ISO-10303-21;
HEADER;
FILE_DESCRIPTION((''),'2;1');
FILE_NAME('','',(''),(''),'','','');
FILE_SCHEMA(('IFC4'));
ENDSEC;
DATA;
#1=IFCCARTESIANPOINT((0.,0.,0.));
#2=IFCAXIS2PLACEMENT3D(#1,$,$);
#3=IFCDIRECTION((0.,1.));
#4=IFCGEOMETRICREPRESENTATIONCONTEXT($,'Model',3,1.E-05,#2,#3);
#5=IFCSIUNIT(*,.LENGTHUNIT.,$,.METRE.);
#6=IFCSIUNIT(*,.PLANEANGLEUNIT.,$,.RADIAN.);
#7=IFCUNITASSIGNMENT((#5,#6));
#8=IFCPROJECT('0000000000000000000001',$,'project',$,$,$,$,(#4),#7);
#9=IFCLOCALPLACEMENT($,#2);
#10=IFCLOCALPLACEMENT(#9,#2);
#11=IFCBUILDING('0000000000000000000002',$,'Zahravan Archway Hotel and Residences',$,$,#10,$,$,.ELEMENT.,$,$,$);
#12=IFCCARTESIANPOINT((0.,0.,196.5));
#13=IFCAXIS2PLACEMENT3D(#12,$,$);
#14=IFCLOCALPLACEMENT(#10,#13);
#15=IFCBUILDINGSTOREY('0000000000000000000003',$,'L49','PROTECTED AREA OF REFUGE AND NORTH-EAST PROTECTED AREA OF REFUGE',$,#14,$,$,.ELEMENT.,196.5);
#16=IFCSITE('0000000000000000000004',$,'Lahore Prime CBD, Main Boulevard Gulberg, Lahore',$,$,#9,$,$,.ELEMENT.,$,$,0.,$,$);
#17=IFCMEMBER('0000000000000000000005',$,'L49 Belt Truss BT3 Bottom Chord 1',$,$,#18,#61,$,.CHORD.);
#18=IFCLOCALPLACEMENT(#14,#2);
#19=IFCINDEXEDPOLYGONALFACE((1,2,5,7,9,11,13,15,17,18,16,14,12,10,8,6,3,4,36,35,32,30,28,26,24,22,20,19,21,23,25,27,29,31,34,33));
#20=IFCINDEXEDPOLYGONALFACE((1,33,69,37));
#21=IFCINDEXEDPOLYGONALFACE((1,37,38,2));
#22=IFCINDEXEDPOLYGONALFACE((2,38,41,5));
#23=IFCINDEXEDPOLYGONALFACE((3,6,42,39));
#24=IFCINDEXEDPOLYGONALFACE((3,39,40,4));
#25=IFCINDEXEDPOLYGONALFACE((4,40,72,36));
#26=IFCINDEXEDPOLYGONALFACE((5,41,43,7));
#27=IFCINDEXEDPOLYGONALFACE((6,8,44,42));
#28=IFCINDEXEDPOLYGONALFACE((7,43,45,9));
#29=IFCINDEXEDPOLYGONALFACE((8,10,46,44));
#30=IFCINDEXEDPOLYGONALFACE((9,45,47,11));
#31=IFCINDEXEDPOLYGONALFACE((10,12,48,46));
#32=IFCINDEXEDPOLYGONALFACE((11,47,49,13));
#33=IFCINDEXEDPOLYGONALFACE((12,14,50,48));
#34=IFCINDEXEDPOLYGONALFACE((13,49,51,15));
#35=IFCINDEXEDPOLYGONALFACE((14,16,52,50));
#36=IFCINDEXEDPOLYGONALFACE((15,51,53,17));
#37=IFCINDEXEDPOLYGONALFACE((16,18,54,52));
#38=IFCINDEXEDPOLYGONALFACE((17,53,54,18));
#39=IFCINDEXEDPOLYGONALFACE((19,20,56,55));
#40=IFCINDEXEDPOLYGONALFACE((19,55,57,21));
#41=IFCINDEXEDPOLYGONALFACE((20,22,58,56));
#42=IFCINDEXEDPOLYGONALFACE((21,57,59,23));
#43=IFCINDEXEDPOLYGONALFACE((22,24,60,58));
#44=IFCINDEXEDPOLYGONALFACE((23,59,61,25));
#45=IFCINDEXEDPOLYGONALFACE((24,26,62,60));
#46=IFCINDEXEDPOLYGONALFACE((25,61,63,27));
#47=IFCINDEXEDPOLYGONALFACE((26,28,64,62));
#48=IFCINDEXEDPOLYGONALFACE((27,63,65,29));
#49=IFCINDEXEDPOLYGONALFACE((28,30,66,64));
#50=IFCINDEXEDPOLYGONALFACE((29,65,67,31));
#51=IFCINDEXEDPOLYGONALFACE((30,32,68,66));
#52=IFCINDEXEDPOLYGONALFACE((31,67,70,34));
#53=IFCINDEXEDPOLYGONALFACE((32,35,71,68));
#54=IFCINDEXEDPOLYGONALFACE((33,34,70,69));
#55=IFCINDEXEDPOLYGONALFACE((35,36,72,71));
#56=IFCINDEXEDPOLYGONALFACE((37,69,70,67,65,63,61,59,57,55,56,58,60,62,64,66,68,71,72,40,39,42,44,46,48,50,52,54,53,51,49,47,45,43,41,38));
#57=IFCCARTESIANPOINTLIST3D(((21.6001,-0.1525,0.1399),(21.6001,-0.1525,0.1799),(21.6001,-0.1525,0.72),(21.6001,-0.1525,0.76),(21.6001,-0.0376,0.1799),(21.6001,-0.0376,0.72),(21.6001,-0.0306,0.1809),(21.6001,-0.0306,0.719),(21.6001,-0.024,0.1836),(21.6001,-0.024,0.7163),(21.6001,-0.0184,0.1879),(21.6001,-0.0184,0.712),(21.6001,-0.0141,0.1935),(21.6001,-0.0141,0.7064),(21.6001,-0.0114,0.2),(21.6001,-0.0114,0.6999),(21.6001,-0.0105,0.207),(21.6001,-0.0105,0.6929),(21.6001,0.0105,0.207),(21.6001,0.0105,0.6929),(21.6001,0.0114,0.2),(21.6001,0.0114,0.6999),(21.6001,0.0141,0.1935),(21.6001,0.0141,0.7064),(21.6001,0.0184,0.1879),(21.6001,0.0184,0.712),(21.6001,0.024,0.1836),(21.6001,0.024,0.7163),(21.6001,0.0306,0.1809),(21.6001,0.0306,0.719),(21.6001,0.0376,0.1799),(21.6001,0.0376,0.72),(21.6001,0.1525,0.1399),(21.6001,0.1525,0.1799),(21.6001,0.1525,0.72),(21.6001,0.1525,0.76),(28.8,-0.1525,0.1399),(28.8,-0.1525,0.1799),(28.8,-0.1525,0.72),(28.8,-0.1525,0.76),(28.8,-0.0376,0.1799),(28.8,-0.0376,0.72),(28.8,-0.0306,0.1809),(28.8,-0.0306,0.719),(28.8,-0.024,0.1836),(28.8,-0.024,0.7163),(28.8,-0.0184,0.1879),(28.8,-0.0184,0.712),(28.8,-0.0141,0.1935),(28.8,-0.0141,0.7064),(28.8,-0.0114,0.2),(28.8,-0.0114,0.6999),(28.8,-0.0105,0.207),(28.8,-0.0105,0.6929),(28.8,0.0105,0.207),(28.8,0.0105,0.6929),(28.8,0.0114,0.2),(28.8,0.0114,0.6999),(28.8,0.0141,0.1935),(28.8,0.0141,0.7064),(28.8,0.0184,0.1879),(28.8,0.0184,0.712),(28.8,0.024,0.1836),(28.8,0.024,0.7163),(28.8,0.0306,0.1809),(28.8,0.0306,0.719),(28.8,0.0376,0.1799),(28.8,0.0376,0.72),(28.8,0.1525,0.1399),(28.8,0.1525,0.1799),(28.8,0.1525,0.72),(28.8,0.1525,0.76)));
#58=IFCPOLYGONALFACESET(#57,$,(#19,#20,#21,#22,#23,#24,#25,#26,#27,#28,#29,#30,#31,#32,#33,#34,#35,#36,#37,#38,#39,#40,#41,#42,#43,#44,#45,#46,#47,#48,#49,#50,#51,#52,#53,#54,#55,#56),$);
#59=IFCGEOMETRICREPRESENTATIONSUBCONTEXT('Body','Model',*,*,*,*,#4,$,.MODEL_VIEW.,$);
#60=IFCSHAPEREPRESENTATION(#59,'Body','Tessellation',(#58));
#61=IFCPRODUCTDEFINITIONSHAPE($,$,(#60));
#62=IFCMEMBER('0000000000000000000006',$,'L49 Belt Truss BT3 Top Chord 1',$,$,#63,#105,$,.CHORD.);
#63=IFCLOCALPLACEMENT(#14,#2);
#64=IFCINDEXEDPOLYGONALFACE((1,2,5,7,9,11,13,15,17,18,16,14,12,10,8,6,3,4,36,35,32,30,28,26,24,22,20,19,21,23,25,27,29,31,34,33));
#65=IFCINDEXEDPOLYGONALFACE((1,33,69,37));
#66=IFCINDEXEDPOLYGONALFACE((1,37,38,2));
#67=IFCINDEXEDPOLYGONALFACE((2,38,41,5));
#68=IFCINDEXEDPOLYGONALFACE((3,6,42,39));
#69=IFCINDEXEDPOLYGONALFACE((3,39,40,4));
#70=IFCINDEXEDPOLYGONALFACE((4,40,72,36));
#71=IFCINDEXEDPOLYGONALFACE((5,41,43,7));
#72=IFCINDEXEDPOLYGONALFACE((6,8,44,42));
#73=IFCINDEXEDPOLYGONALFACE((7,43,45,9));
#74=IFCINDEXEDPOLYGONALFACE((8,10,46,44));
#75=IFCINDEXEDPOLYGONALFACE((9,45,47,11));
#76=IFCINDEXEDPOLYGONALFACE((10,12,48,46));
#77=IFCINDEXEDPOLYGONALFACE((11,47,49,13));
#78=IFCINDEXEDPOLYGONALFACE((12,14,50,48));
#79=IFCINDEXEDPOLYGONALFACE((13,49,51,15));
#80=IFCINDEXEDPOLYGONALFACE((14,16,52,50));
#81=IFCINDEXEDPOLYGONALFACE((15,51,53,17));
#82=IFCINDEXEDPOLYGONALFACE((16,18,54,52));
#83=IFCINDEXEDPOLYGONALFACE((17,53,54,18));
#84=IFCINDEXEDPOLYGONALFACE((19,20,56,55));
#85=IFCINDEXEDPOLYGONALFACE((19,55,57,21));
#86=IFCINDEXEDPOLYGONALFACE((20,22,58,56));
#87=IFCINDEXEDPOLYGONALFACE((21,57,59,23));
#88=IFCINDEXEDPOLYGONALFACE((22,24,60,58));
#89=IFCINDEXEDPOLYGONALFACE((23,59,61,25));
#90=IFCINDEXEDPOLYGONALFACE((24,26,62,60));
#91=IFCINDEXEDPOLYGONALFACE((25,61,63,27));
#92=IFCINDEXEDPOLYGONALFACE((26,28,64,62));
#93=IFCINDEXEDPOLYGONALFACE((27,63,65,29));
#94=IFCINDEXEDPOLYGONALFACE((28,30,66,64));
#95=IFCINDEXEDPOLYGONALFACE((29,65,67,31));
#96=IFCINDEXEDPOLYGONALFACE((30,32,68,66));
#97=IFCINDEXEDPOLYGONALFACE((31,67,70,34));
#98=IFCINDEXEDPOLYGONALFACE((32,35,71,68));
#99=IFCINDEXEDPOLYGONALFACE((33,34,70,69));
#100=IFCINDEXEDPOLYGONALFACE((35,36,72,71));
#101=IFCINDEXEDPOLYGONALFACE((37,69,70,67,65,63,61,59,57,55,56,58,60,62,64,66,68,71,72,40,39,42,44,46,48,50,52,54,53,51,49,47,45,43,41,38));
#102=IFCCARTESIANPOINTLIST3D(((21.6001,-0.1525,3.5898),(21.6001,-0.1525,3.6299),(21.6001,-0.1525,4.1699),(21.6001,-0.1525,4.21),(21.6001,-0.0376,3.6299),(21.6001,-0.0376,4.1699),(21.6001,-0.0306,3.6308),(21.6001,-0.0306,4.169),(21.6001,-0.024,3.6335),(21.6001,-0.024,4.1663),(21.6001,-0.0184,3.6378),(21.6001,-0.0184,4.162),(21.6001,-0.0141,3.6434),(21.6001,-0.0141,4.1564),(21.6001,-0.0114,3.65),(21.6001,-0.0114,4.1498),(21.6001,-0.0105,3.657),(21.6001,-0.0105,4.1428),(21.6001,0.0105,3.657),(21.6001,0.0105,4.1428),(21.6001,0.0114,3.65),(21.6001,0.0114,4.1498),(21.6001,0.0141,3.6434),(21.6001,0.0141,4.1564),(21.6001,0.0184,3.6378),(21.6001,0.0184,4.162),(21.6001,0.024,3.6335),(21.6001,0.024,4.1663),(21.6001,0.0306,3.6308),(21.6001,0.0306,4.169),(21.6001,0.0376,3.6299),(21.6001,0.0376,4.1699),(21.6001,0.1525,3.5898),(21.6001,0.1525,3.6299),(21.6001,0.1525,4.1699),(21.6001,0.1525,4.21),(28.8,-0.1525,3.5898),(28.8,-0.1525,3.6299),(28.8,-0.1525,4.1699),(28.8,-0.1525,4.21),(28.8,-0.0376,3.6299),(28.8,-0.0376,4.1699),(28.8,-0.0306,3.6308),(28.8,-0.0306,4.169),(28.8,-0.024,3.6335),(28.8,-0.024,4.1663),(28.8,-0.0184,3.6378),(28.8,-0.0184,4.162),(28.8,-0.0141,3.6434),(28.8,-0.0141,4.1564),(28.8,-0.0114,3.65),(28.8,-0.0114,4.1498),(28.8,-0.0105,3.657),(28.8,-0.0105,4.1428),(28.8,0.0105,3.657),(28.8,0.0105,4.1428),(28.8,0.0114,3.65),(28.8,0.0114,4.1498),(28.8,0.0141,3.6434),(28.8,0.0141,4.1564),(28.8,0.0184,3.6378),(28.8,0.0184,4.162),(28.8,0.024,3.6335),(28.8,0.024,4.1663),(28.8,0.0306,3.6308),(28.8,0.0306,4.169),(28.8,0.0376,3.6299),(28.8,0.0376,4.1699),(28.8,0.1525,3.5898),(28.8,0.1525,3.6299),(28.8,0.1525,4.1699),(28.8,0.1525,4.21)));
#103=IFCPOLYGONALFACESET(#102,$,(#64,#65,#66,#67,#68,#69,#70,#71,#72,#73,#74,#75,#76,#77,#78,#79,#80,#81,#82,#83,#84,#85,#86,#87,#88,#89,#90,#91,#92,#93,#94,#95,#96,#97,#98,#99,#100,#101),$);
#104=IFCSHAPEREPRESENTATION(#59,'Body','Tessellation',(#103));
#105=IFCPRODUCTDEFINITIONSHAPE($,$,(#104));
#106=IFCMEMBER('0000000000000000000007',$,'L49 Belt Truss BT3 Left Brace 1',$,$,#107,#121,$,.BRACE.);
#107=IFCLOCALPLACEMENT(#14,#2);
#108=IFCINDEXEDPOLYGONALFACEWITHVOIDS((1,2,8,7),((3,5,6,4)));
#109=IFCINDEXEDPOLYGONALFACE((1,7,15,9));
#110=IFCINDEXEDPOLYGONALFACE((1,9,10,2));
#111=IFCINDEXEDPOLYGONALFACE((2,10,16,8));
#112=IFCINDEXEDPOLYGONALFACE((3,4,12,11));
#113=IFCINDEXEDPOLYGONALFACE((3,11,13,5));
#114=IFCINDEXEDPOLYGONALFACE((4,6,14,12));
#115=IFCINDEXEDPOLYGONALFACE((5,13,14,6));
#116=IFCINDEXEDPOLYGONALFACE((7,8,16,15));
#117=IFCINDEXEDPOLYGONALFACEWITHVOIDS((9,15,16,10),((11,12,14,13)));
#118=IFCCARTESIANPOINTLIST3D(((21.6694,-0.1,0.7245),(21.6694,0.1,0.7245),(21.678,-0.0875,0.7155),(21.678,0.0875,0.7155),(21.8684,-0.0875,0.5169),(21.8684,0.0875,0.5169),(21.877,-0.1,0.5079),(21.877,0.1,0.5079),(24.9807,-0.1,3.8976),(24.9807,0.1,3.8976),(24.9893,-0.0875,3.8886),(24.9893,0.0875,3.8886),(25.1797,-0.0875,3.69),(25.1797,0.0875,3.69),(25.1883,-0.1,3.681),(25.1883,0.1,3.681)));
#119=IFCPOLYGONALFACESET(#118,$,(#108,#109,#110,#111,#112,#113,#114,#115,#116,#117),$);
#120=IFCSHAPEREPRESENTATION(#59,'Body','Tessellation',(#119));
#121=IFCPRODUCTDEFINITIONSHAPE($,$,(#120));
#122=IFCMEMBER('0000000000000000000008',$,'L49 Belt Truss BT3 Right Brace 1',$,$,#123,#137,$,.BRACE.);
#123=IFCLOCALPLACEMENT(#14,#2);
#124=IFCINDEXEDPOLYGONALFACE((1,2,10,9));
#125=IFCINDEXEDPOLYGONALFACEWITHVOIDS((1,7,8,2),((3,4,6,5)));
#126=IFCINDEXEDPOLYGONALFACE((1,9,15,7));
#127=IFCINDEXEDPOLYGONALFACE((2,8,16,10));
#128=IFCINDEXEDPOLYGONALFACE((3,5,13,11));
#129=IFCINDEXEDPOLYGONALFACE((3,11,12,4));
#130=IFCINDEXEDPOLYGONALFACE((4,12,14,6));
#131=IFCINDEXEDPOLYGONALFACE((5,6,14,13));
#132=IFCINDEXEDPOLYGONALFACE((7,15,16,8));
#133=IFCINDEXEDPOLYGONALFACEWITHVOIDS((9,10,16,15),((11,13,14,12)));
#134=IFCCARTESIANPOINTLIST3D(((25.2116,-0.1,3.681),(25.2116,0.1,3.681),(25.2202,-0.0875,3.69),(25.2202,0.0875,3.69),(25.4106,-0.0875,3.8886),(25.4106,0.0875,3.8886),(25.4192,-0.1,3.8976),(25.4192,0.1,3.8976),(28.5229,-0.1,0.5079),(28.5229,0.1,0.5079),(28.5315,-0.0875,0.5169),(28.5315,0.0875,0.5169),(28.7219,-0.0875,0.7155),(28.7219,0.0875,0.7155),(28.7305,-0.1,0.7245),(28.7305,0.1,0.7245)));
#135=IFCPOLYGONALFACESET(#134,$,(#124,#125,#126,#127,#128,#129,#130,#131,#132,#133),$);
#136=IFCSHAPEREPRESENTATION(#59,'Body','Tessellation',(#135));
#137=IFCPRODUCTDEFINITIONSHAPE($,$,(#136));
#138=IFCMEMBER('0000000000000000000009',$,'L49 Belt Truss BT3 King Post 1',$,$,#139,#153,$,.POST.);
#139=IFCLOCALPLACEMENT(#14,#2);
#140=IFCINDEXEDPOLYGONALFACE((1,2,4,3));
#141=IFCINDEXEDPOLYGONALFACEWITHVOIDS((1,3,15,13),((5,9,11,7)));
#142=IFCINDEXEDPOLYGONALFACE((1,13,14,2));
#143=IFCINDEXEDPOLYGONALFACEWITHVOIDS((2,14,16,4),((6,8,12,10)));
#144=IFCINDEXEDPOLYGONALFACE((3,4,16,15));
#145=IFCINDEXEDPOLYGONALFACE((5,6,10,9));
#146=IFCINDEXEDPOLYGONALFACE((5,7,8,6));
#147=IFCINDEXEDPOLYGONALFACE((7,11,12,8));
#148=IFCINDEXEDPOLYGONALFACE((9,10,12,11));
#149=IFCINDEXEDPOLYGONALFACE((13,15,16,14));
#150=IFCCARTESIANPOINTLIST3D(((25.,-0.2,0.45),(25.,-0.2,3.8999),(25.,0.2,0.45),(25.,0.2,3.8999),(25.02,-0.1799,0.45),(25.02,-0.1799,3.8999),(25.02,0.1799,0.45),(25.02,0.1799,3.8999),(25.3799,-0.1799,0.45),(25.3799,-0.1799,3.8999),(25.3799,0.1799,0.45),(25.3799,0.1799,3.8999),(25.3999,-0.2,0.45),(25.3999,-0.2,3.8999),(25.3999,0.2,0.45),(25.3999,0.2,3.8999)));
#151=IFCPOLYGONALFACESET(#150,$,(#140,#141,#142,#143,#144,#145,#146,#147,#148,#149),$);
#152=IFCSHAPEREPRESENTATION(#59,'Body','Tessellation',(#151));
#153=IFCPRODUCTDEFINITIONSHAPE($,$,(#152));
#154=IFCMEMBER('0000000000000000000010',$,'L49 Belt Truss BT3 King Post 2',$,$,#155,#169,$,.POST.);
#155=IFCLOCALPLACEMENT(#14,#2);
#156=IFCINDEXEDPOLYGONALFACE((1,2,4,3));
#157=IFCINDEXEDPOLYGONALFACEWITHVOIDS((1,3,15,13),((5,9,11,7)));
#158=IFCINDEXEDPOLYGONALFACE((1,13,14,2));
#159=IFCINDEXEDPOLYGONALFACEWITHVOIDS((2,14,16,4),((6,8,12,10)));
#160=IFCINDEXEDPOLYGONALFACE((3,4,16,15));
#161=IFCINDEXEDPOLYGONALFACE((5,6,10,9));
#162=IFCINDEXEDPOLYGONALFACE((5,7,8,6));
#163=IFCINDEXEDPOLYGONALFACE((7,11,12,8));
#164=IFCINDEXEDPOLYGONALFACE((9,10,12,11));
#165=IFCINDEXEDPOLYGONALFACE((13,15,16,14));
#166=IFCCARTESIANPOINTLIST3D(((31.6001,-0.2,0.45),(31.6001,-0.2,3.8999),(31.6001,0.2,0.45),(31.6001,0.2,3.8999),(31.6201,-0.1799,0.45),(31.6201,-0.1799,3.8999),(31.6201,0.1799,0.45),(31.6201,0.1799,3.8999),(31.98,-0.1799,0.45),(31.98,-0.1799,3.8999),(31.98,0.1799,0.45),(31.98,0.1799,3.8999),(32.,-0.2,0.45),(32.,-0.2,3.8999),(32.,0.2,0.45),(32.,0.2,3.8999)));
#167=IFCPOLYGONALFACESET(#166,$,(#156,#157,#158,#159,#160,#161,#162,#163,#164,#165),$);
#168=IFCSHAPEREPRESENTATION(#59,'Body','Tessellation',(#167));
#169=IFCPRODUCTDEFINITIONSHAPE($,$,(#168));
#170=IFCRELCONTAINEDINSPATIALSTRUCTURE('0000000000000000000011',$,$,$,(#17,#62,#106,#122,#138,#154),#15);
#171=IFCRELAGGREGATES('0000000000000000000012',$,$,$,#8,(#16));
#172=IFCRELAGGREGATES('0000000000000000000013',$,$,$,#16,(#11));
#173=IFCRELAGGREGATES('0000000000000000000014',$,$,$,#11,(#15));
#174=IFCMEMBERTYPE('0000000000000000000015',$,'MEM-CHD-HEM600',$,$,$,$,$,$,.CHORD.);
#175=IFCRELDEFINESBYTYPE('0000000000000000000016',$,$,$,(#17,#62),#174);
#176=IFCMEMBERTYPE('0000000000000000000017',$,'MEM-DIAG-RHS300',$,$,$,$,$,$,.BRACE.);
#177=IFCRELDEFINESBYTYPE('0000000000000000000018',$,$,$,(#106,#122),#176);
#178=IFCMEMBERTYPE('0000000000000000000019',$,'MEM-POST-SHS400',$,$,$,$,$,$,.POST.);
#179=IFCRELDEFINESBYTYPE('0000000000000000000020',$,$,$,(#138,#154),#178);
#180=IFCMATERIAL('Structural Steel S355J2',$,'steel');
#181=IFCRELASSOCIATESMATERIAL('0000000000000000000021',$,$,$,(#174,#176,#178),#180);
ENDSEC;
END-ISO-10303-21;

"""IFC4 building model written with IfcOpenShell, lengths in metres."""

from ifc_helpers import new_model, si_unit, direction, frame, origin, origin_2d, place, context, subcontext, project, spatial, hollow_rectangle, i_section, extrude, source, transform, mapped, material, material_profile, profile_set, type_object, type_shapes, element, save


model = new_model("IFC4")

# Units and contexts
model_context = context("Model", 3, precision=1e-05, world=origin(), true_north=direction((0.0, 1.0)))
body_context = subcontext(model_context, "Body", "Model", "MODEL_VIEW")
ifc_project = project(units=[si_unit("LENGTHUNIT", "METRE"), si_unit("PLANEANGLEUNIT", "RADIAN")], contexts=[model_context])

# Site, building, storey
site_placement = place(None, origin())
site = spatial("IfcSite", under=ifc_project, at=site_placement, Name="Lahore Prime CBD, Main Boulevard Gulberg, Lahore", CompositionType="ELEMENT", RefElevation=0.0)
building_placement = place(site_placement, origin())
building = spatial("IfcBuilding", under=site, at=building_placement, Name="Zahravan Archway Hotel and Residences", CompositionType="ELEMENT")
storey_placement = place(building_placement, frame((0.0, 0.0, 196.5)))
storey = spatial("IfcBuildingStorey", under=building, at=storey_placement, Name="L49", Description="PROTECTED AREA OF REFUGE AND NORTH-EAST PROTECTED AREA OF REFUGE", CompositionType="ELEMENT", Elevation=196.5)

# Members
ifc_material_1 = material(Name="Structural Steel S355J2", Category="steel")
ifc_material_profile_1 = material_profile(ifc_material_1, i_section(OverallWidth=0.3049, OverallDepth=0.6201, WebThickness=0.021, FlangeThickness=0.04, FilletRadius=0.0271, at=origin_2d()), Name="HEM 600", Category="steel")
ifc_profile_set_1 = profile_set([ifc_material_profile_1], Name="Structural Steel S355J2")
member_type_1 = type_object("IfcMemberType", Name="MEM-CHD-HEM600", PredefinedType="CHORD", material=ifc_profile_set_1)
shared_shape_1 = source(origin(), body_context, "Body", "SweptSolid", [
    extrude(i_section(OverallWidth=0.3049, OverallDepth=0.6201, WebThickness=0.021, FlangeThickness=0.04, FilletRadius=0.0271, at=origin_2d()), origin(), (0.0, 0.0, 1.0), 7.2),
])
type_shapes(member_type_1, [shared_shape_1])
for number, where, z_axis, x_axis, name in (
    (1, (21.6001, 0.0, 0.45), (1.0, 0.0, 0.0), (0.0, 1.0, 0.0), "L49 Belt Truss BT3 Bottom Chord 1"),
    (2, (21.6001, 0.0, 3.8999), (1.0, 0.0, 0.0), (0.0, 1.0, 0.0), "L49 Belt Truss BT3 Top Chord 1"),
):
    element("IfcMember", number, at=place(storey_placement, frame(where, z_axis=z_axis, x_axis=x_axis)), inside=storey, type_object=member_type_1, Name=name, PredefinedType="CHORD", context=body_context, shape_type="MappedRepresentation", body=[
        mapped(shared_shape_1, transform((0.0, 0.0, 0.0), scale=1.0)),
    ])
ifc_material_profile_2 = material_profile(ifc_material_1, hollow_rectangle(XDim=0.2, YDim=0.3, WallThickness=0.0125, at=origin_2d()), Name="RHS 300x200x12.5", Category="steel")
ifc_profile_set_2 = profile_set([ifc_material_profile_2], Name="Structural Steel S355J2")
member_type_2 = type_object("IfcMemberType", Name="MEM-DIAG-RHS300", PredefinedType="BRACE", material=ifc_profile_set_2)
shared_shape_2 = source(origin(), body_context, "Body", "SweptSolid", [
    extrude(hollow_rectangle(XDim=0.2, YDim=0.3, WallThickness=0.0125, at=origin_2d()), origin(), (0.0, 0.0, 1.0), 4.5862),
])
type_shapes(member_type_2, [shared_shape_2])
for number, where, z_axis, x_axis, name in (
    (3, (21.7732, 0.0, 0.6162), (0.722011, 0.0, 0.691881), (0.0, 1.0, 0.0), "L49 Belt Truss BT3 Left Brace 1"),
    (4, (25.3154, 0.0, 3.7893), (0.722011, 0.0, -0.691881), (0.0, 1.0, 0.0), "L49 Belt Truss BT3 Right Brace 1"),
):
    element("IfcMember", number, at=place(storey_placement, frame(where, z_axis=z_axis, x_axis=x_axis)), inside=storey, type_object=member_type_2, Name=name, PredefinedType="BRACE", context=body_context, shape_type="MappedRepresentation", body=[
        mapped(shared_shape_2, transform((0.0, 0.0, 0.0), scale=1.0)),
    ])
ifc_material_profile_3 = material_profile(ifc_material_1, hollow_rectangle(XDim=0.3999, YDim=0.3999, WallThickness=0.02, at=origin_2d()), Name="SHS 400x400x20", Category="steel")
ifc_profile_set_3 = profile_set([ifc_material_profile_3], Name="Structural Steel S355J2")
member_type_3 = type_object("IfcMemberType", Name="MEM-POST-SHS400", PredefinedType="POST", material=ifc_profile_set_3)
shared_shape_3 = source(origin(), body_context, "Body", "SweptSolid", [
    extrude(hollow_rectangle(XDim=0.3999, YDim=0.3999, WallThickness=0.02, at=origin_2d()), origin(), (0.0, 0.0, 1.0), 3.45),
])
type_shapes(member_type_3, [shared_shape_3])
for number, where, z_axis, x_axis, name in (
    (5, (25.2, 0.0, 0.45), (0.0, 0.0, 1.0), (1.0, 0.0, 0.0), "L49 Belt Truss BT3 King Post 1"),
    (6, (31.8, 0.0, 0.45), (0.0, 0.0, 1.0), (1.0, 0.0, 0.0), "L49 Belt Truss BT3 King Post 2"),
):
    element("IfcMember", number, at=place(storey_placement, frame(where, z_axis=z_axis, x_axis=x_axis)), inside=storey, type_object=member_type_3, Name=name, PredefinedType="POST", context=body_context, shape_type="MappedRepresentation", body=[
        mapped(shared_shape_3, transform((0.0, 0.0, 0.0), scale=1.0)),
    ])

save(model, "model.ifc")
